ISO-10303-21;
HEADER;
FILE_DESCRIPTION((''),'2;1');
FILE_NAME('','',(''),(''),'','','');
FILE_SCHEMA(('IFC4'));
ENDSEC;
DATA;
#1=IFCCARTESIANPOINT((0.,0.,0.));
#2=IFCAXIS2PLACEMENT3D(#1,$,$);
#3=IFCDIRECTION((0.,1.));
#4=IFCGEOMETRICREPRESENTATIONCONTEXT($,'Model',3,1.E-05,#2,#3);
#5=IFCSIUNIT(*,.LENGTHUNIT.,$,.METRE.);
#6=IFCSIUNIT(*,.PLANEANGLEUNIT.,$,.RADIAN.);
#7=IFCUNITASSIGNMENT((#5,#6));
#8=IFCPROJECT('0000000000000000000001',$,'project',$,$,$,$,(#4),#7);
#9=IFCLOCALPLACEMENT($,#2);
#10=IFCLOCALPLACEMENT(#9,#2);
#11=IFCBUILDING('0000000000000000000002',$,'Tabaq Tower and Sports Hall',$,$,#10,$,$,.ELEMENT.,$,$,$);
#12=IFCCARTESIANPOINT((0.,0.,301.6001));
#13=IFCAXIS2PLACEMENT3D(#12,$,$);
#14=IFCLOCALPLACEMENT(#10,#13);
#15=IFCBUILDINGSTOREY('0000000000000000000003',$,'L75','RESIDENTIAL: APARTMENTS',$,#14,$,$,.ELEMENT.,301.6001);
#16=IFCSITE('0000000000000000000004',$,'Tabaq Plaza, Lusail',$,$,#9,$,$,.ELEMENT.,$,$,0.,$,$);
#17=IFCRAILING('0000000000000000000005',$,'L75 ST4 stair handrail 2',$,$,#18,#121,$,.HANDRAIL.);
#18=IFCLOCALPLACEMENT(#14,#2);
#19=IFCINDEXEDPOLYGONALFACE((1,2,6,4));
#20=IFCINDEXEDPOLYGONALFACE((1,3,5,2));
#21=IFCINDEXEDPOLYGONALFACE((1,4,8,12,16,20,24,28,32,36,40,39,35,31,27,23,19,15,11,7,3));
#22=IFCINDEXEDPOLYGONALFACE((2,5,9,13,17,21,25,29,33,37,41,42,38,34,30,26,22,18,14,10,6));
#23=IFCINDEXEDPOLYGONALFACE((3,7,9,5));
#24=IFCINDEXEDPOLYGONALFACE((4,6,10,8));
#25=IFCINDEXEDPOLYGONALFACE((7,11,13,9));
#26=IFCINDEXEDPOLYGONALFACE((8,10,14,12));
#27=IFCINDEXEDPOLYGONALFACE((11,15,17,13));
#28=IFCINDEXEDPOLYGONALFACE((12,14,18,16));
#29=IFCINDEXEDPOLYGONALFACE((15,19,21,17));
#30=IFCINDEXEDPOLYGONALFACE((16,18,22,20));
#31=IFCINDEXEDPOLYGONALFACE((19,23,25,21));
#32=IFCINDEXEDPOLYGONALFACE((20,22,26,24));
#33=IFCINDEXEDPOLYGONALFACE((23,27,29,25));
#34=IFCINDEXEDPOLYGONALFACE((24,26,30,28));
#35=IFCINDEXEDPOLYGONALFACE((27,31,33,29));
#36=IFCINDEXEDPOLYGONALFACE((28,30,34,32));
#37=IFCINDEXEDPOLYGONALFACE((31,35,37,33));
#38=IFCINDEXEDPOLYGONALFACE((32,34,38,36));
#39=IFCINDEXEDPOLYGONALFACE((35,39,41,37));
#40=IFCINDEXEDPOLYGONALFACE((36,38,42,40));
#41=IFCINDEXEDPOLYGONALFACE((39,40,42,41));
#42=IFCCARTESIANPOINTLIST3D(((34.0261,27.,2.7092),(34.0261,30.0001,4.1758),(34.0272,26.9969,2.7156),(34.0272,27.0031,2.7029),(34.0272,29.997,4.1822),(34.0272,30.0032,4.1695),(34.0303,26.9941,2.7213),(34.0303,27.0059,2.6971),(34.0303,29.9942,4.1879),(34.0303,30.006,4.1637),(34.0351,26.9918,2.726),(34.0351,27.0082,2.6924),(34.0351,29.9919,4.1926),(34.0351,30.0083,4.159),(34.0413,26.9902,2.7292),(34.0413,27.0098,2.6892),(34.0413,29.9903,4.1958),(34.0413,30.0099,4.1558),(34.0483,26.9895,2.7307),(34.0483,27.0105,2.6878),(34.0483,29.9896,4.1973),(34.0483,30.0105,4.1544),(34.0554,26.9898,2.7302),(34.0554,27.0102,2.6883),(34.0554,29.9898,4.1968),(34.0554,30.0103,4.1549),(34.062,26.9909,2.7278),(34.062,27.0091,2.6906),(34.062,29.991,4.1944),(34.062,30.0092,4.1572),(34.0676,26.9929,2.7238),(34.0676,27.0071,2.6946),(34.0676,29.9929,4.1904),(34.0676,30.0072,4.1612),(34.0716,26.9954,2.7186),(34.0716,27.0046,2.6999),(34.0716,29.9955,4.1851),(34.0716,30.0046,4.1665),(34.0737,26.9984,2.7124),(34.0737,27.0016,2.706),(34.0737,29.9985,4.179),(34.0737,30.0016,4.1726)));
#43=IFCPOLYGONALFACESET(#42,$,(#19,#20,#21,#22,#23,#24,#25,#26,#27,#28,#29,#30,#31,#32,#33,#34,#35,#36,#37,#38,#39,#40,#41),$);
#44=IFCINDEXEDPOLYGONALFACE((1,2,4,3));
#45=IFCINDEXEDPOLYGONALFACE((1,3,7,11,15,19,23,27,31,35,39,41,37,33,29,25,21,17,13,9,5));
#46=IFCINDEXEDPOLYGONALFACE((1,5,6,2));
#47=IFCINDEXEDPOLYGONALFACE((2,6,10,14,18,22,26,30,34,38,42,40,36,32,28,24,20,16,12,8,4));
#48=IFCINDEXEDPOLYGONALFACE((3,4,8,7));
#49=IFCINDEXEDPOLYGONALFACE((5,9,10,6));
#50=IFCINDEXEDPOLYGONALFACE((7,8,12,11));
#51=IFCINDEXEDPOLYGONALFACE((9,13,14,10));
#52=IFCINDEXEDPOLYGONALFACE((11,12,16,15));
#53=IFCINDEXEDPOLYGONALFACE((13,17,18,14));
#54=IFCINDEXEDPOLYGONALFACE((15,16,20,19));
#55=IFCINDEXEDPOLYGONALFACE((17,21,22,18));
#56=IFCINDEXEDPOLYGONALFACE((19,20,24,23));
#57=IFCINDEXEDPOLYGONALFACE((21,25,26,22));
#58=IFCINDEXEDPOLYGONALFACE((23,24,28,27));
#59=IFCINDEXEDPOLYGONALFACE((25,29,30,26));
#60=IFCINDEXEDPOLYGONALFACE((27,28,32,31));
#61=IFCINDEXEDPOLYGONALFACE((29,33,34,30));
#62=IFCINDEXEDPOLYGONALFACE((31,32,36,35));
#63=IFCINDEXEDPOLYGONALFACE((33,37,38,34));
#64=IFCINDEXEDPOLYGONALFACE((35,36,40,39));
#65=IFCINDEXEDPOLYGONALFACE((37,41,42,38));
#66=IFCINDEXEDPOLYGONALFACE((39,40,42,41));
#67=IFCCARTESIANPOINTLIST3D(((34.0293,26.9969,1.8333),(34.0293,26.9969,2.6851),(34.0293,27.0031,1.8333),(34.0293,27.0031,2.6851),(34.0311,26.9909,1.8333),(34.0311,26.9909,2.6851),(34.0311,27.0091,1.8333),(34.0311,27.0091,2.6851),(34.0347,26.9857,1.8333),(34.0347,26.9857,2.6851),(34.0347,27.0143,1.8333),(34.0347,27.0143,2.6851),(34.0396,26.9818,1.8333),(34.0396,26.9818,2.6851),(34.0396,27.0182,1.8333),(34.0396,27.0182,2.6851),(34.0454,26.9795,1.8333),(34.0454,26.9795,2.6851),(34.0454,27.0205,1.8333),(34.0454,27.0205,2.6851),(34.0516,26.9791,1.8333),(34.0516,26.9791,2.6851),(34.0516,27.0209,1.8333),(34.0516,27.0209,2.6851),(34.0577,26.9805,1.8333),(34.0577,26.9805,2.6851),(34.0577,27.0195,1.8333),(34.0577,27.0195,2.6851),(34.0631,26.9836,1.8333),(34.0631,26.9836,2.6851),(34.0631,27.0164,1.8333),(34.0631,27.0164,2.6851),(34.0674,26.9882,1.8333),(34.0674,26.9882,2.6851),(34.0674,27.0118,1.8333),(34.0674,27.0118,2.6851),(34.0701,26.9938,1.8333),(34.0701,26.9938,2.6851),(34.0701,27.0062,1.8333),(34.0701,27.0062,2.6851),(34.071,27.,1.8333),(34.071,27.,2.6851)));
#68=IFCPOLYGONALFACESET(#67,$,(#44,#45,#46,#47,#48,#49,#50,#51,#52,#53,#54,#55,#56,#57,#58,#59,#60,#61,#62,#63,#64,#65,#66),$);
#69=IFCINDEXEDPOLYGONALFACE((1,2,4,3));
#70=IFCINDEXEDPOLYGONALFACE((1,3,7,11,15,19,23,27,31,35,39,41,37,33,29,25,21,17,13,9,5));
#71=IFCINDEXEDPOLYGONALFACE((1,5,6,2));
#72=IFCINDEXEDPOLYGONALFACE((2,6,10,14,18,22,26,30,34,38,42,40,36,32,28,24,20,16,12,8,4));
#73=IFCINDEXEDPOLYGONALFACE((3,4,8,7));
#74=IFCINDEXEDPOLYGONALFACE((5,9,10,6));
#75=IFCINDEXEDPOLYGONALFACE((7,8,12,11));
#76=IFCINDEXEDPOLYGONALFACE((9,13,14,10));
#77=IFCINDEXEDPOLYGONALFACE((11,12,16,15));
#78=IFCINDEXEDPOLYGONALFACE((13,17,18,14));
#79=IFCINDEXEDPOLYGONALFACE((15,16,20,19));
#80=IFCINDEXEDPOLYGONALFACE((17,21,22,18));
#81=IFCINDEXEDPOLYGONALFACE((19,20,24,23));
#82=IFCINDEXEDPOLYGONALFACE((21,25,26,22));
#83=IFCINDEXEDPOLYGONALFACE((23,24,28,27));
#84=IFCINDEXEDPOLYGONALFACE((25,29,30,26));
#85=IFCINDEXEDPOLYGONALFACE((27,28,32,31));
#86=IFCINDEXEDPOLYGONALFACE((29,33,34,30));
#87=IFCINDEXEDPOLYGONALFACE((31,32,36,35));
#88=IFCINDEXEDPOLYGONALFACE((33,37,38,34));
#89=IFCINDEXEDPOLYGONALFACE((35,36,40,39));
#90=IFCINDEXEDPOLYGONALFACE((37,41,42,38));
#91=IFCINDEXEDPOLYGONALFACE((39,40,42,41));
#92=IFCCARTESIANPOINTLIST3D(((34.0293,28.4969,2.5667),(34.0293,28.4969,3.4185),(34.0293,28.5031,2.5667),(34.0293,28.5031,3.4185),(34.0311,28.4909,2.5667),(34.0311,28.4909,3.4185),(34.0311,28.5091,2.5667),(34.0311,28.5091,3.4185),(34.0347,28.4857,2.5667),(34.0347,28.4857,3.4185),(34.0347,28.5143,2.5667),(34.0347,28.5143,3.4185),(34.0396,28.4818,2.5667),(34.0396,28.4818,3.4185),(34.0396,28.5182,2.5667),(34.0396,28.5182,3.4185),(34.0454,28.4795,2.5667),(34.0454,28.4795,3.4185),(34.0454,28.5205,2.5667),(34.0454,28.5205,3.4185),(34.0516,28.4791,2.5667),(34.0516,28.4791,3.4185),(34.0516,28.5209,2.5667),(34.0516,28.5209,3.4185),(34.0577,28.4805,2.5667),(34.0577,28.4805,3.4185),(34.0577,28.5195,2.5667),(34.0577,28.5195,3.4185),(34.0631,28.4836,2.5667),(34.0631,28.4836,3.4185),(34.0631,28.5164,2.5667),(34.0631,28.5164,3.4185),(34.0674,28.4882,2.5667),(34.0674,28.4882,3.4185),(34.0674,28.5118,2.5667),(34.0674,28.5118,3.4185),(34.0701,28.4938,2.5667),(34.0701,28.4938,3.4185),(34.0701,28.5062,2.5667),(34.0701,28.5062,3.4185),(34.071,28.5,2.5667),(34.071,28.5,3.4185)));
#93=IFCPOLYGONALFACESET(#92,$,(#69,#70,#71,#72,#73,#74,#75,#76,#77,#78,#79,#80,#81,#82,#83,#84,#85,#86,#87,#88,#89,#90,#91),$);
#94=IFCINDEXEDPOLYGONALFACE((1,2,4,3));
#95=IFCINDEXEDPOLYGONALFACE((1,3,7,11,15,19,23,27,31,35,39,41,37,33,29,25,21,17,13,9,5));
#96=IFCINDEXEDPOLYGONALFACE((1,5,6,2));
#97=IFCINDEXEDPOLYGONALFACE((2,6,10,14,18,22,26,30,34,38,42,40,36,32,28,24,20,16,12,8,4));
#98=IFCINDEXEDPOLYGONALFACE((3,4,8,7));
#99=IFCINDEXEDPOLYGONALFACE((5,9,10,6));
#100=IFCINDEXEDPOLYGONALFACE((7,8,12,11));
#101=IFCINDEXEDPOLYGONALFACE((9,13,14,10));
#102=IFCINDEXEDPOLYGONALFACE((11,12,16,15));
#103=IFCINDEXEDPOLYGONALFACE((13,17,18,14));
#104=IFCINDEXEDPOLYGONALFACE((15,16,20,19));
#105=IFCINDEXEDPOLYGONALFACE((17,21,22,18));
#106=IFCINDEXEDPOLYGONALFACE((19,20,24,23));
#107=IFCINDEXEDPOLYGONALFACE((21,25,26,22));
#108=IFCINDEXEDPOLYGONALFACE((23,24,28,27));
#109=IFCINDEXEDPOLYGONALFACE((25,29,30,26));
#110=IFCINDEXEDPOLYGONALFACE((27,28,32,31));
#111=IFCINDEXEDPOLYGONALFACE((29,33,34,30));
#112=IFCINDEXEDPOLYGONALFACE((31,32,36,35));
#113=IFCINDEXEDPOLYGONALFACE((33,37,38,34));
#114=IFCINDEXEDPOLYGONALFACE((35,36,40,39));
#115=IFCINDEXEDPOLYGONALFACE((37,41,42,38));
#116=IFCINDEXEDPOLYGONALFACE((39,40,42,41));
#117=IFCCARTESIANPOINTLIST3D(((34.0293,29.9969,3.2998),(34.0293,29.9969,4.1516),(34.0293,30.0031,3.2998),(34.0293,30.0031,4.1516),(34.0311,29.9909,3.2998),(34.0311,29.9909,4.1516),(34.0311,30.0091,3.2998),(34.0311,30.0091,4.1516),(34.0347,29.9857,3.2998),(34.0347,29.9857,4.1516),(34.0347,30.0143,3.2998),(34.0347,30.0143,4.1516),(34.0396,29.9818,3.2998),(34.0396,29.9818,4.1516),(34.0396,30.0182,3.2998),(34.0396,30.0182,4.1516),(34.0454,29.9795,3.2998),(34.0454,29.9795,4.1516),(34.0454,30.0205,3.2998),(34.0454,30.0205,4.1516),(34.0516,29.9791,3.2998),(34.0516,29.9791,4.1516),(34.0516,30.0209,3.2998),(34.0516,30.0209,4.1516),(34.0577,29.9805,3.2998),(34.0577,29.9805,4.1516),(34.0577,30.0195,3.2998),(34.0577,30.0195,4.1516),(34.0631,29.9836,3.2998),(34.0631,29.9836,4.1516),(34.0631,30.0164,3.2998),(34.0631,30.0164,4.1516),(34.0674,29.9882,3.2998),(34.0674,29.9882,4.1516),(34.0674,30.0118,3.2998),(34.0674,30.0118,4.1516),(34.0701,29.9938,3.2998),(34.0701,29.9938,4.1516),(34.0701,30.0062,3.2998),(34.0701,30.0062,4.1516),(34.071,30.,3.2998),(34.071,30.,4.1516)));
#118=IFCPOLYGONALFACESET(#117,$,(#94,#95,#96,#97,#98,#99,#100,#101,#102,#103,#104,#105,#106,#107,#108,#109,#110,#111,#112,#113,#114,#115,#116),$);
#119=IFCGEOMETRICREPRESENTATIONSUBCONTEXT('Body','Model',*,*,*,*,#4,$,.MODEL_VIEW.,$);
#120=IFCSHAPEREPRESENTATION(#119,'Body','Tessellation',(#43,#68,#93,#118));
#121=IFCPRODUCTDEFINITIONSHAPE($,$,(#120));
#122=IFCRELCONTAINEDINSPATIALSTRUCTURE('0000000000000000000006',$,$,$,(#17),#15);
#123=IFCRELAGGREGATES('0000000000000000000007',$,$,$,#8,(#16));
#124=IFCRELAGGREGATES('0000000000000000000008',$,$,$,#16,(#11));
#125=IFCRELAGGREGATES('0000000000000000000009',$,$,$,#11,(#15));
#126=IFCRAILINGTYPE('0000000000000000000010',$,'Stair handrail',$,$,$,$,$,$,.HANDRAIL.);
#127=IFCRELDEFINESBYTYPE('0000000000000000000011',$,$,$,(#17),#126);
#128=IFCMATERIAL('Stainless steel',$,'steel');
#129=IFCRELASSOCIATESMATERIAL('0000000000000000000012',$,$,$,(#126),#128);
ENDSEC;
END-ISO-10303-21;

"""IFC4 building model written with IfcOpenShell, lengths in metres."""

from ifc_helpers import new_model, si_unit, direction, frame, origin, origin_2d, place, context, subcontext, project, spatial, circle, extrude, material, type_object, element, save


model = new_model("IFC4")

# Units and contexts
model_context = context("Model", 3, precision=1e-05, world=origin(), true_north=direction((0.0, 1.0)))
body_context = subcontext(model_context, "Body", "Model", "MODEL_VIEW")
ifc_project = project(units=[si_unit("LENGTHUNIT", "METRE"), si_unit("PLANEANGLEUNIT", "RADIAN")], contexts=[model_context])

# Site, building, storey
site_placement = place(None, origin())
site = spatial("IfcSite", under=ifc_project, at=site_placement, Name="Tabaq Plaza, Lusail", CompositionType="ELEMENT", RefElevation=0.0)
building_placement = place(site_placement, origin())
building = spatial("IfcBuilding", under=site, at=building_placement, Name="Tabaq Tower and Sports Hall", CompositionType="ELEMENT")
storey_placement = place(building_placement, frame((0.0, 0.0, 301.6001)))
storey = spatial("IfcBuildingStorey", under=building, at=storey_placement, Name="L75", Description="RESIDENTIAL: APARTMENTS", CompositionType="ELEMENT", Elevation=301.6001)

# Railing
ifc_material_1 = material(Name="Stainless steel", Category="steel")
railing_type = type_object("IfcRailingType", Name="Stair handrail", PredefinedType="HANDRAIL", material=ifc_material_1)
railing_1_placement = place(storey_placement, frame((34.05, 27.0, 1.8333)))
element("IfcRailing", 1, at=railing_1_placement, inside=storey, type_object=railing_type, Name="L75 ST4 stair handrail 2", PredefinedType="HANDRAIL", context=body_context, shape_type="SweptSolid", body=[
    extrude(circle(Radius=0.0239, at=origin_2d()), frame((0.0, 0.0, 0.876), z_axis=(0.0, 0.898398, 0.439183), x_axis=(-1.0, 0.0, 0.0)), (0.0, 0.0, 1.0), 3.3394),
    extrude(circle(Radius=0.021, at=origin_2d()), origin(), (0.0, 0.0, 1.0), 0.8518),
    extrude(circle(Radius=0.021, at=origin_2d()), frame((0.0, 1.5, 0.7334)), (0.0, 0.0, 1.0), 0.8518),
    extrude(circle(Radius=0.021, at=origin_2d()), frame((0.0, 3.0, 1.4666)), (0.0, 0.0, 1.0), 0.8518),
])

save(model, "model.ifc")
